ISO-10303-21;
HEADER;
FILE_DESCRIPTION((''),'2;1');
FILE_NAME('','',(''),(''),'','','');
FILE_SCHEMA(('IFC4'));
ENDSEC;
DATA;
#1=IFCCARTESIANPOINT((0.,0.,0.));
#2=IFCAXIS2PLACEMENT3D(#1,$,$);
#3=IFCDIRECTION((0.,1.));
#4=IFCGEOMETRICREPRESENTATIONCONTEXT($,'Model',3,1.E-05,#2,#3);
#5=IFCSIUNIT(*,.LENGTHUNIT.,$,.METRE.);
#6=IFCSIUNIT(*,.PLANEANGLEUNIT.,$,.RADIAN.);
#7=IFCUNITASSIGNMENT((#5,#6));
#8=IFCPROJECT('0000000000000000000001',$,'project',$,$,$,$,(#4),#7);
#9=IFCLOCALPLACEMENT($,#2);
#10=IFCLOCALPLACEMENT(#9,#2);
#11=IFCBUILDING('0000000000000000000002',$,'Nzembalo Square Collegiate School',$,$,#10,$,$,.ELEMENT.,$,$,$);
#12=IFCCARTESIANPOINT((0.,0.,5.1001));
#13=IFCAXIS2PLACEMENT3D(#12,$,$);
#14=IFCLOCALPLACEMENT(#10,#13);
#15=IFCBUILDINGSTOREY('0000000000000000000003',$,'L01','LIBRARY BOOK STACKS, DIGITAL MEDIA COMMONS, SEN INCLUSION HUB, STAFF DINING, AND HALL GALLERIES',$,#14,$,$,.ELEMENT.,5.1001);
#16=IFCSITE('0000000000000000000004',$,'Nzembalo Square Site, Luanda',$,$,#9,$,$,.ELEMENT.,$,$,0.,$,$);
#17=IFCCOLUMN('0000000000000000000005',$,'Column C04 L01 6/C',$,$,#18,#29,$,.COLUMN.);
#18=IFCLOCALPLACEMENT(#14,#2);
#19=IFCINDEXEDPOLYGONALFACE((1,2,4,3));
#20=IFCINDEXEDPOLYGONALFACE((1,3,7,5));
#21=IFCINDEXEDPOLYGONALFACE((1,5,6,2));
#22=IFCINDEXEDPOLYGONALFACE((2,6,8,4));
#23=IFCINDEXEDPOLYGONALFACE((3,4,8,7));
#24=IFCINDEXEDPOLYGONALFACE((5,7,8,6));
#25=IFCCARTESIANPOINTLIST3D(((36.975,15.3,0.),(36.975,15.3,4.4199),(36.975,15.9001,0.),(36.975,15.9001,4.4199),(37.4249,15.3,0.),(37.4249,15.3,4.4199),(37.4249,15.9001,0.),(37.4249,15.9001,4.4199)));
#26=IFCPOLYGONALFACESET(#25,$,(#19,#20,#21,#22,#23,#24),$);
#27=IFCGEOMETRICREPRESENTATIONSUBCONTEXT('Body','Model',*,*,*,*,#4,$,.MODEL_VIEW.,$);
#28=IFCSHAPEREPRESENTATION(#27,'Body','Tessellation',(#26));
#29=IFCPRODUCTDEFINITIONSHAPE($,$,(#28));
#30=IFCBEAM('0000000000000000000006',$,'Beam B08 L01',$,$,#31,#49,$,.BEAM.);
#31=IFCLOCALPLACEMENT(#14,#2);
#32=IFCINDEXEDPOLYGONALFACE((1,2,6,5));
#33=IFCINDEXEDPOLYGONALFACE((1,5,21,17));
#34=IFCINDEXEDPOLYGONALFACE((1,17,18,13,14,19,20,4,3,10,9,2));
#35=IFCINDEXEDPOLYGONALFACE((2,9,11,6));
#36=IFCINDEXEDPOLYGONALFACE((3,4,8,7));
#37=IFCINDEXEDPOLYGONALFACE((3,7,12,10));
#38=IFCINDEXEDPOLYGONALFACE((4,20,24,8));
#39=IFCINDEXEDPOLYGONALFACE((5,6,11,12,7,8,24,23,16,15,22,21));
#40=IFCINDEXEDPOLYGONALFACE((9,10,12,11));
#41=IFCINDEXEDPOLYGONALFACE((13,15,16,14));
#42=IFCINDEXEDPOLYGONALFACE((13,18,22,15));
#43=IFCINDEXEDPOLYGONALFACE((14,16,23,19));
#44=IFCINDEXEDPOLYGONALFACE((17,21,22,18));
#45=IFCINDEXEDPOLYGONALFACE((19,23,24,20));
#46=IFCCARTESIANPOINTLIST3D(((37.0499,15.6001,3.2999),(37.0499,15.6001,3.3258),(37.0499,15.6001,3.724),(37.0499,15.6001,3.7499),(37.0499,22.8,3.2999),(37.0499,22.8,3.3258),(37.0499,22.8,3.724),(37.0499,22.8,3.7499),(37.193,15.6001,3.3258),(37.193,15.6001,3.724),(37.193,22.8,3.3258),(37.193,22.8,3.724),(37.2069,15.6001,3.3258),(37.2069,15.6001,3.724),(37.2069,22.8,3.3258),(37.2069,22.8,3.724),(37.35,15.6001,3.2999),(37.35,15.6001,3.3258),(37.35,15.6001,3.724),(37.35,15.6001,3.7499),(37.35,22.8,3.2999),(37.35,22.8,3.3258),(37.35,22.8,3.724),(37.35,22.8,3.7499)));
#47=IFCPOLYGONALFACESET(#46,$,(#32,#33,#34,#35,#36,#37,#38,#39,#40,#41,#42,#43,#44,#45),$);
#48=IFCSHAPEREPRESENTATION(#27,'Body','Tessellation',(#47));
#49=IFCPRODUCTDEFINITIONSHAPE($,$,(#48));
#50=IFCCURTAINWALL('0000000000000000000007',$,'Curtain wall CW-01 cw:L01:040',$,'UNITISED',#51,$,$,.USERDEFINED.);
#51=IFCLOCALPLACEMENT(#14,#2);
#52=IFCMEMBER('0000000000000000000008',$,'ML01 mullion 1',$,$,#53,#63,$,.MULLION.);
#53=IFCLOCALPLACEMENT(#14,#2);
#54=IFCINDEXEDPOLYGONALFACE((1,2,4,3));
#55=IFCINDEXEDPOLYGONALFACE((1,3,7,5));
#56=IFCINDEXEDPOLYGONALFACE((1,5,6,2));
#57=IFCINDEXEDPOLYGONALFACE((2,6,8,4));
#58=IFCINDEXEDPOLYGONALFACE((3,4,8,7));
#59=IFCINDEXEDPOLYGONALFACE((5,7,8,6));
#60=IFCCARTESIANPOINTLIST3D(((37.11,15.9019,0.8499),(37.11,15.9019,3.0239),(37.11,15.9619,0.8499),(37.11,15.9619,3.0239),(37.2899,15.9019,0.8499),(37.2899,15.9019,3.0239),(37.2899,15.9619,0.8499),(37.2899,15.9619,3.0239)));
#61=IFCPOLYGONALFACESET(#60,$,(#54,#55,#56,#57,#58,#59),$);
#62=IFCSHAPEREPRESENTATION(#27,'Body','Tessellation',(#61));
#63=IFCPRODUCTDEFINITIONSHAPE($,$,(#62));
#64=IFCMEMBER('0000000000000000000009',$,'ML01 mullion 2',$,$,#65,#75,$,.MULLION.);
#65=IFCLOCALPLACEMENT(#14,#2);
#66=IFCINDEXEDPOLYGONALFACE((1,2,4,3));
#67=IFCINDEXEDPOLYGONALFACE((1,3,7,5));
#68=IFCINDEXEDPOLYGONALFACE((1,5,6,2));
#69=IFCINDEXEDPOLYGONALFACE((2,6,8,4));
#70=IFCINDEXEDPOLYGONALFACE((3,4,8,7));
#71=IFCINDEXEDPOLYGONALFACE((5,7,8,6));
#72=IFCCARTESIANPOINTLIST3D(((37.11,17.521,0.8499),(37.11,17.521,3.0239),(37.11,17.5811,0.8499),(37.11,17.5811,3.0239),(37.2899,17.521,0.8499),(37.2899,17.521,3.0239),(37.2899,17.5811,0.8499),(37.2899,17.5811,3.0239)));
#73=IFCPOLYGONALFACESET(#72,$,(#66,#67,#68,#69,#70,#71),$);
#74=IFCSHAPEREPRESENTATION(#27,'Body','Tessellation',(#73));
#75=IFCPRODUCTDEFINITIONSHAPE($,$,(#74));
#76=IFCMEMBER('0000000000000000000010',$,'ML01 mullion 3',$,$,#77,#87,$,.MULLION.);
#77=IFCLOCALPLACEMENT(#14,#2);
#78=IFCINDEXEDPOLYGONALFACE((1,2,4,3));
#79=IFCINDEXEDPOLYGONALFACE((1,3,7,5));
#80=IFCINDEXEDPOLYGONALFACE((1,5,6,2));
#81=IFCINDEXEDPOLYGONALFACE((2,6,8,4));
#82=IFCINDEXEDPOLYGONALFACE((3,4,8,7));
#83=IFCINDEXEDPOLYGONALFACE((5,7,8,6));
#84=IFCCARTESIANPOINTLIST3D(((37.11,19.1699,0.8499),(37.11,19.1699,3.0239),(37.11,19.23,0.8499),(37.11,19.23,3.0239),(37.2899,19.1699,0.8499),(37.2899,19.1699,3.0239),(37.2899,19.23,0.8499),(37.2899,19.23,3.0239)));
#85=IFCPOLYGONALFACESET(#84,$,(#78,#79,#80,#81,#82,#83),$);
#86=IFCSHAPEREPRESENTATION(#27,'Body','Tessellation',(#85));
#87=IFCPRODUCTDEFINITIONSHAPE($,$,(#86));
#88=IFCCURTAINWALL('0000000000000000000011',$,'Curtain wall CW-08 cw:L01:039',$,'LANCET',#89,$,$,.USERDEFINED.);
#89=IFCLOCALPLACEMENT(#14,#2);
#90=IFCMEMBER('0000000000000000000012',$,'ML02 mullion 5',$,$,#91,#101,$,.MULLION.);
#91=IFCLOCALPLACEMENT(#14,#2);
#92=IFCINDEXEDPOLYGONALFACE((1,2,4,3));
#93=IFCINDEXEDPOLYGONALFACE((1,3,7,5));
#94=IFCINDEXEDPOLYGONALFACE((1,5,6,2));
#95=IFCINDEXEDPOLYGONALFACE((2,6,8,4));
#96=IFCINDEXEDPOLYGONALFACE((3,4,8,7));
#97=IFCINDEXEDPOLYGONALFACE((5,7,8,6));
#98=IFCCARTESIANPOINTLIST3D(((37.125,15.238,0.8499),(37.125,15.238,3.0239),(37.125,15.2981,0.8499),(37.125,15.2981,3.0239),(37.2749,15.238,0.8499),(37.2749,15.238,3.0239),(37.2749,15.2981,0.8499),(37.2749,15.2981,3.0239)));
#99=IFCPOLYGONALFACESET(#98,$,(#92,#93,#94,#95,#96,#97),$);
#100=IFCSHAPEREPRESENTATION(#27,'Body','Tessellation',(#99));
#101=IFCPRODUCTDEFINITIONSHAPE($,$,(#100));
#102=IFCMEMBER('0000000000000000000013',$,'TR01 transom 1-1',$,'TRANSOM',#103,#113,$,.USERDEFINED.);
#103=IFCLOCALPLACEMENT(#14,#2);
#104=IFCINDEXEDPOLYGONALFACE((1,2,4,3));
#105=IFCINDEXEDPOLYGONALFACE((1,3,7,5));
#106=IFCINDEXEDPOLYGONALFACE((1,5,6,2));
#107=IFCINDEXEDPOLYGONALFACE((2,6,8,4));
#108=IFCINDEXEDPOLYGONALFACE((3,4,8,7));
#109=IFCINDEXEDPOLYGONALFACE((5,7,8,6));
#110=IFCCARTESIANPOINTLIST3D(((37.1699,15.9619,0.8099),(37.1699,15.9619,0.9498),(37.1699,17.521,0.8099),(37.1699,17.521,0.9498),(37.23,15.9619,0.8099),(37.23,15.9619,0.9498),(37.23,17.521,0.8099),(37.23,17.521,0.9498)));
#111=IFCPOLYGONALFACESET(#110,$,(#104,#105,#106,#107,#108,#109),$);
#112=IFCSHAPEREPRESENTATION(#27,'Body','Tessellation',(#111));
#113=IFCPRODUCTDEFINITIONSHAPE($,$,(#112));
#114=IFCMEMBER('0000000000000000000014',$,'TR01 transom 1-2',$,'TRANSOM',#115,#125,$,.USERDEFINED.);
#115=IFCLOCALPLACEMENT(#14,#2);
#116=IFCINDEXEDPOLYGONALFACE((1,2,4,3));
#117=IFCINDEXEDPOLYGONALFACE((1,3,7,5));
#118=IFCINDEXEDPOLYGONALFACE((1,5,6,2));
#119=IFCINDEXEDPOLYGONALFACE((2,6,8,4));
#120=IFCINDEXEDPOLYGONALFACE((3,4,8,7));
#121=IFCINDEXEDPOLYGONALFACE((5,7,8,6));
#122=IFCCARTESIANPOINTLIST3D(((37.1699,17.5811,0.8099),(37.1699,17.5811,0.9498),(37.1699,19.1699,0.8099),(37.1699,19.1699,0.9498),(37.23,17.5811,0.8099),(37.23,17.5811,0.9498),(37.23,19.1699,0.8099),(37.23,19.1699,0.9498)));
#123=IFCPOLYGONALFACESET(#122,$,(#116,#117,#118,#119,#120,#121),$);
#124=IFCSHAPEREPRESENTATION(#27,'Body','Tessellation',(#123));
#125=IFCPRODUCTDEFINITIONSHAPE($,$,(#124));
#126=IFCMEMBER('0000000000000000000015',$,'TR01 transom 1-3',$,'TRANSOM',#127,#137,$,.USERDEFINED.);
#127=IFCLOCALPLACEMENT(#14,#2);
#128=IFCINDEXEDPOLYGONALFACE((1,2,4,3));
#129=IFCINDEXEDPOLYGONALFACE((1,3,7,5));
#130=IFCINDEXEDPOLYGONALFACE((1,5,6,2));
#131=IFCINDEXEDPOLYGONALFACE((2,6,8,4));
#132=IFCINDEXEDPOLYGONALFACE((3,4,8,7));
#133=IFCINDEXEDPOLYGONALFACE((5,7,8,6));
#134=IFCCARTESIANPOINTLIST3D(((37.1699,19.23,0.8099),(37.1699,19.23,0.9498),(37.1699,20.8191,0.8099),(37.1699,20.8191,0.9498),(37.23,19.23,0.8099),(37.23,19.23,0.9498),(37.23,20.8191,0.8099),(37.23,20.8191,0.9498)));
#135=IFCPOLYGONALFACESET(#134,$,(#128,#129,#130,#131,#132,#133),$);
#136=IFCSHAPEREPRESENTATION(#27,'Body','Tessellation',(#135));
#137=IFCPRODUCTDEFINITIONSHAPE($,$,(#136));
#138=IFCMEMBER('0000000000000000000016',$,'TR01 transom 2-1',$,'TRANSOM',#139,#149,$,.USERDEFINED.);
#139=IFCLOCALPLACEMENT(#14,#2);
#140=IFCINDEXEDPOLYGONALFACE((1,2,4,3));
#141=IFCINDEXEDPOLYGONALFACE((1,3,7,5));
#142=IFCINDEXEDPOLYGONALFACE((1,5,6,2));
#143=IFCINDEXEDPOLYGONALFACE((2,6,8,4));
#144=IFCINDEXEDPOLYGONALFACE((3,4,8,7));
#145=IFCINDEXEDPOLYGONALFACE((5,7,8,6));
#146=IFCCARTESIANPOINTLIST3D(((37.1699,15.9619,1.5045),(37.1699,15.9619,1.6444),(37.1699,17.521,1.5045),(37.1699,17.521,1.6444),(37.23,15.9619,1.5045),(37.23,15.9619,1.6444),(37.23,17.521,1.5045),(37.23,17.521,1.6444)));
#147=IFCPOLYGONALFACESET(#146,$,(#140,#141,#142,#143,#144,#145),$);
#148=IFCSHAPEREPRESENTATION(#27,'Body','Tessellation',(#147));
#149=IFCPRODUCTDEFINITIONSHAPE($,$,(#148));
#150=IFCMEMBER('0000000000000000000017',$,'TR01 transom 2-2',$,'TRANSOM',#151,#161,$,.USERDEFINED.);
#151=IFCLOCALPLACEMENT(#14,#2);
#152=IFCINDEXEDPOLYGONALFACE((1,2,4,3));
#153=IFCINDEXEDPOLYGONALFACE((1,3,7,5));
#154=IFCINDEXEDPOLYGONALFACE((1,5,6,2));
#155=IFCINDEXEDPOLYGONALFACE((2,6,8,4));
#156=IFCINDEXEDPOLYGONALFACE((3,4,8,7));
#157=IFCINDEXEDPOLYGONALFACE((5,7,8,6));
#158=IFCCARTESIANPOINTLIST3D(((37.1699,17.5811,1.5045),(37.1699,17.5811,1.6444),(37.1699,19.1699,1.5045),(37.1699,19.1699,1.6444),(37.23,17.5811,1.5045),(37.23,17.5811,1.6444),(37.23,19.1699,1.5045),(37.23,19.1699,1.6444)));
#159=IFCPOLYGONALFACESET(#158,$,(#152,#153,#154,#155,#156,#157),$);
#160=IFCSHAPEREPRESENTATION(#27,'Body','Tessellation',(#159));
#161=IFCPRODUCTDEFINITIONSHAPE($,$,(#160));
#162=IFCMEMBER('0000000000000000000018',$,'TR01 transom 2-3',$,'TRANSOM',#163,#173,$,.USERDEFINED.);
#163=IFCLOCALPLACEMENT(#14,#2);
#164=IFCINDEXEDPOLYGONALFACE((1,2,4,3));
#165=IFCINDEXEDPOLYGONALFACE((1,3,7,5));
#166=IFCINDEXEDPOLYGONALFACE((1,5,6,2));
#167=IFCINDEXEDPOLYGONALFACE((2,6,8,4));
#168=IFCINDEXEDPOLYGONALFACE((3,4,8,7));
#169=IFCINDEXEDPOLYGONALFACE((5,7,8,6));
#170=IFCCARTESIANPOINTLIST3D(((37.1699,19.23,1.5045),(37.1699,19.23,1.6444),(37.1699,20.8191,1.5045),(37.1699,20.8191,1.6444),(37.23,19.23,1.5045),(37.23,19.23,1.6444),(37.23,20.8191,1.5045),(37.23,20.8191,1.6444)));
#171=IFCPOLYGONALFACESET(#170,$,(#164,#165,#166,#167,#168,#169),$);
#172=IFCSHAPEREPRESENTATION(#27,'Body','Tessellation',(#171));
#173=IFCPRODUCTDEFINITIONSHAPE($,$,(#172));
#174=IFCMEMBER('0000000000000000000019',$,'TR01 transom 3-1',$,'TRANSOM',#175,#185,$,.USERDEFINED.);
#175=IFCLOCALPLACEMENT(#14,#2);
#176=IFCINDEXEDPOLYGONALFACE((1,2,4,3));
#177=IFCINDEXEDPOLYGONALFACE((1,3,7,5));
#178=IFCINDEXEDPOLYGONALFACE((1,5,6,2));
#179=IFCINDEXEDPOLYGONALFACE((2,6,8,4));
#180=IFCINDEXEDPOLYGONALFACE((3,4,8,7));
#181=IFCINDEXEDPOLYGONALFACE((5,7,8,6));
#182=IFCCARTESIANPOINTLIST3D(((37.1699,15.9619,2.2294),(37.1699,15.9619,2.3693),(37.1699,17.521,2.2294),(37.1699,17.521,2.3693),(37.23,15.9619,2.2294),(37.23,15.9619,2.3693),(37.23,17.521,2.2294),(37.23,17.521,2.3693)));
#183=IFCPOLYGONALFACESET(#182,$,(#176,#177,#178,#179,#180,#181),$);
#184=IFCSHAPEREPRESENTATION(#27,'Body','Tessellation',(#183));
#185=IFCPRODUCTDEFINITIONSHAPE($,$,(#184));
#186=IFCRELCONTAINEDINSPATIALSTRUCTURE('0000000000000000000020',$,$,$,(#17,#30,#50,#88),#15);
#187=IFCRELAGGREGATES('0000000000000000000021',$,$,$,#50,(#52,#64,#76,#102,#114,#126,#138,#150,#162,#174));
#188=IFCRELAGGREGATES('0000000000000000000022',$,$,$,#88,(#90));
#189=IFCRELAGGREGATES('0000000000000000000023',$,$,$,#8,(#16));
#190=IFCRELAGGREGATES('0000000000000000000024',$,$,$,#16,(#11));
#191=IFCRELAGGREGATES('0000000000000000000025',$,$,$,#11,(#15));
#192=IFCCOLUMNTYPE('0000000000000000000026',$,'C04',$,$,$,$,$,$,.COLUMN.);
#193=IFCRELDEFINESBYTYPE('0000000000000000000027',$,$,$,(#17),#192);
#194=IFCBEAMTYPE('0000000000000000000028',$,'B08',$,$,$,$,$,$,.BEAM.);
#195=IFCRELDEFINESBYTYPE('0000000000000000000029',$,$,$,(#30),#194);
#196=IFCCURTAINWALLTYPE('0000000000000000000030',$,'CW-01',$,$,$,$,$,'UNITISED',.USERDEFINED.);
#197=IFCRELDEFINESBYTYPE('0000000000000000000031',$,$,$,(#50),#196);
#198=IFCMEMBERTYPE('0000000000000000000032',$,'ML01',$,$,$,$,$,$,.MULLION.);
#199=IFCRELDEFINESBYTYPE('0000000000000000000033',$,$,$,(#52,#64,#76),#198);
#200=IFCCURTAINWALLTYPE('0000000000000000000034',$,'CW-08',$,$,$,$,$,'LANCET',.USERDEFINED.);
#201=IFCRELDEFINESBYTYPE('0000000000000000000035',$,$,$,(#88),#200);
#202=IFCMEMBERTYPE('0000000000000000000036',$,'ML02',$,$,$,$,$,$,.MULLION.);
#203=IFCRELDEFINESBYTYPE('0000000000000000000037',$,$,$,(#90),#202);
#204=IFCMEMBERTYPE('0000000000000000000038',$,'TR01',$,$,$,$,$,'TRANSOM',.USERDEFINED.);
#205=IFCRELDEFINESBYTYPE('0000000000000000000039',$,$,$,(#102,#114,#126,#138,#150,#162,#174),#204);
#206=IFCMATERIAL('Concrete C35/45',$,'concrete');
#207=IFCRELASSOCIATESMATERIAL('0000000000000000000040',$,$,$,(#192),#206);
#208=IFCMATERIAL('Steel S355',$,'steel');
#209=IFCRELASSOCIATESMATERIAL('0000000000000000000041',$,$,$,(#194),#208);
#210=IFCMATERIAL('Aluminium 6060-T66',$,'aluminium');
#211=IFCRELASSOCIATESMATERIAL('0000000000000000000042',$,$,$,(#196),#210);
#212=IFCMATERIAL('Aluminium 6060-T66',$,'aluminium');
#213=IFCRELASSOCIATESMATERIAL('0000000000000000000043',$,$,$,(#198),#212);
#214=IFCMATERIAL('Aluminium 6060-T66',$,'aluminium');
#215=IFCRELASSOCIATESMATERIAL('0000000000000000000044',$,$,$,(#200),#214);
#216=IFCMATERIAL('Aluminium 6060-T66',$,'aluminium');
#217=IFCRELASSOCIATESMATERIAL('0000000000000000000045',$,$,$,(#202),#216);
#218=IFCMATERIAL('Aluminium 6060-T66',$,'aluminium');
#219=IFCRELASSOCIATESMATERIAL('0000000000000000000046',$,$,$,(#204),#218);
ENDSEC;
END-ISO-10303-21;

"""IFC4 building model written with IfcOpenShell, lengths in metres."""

from ifc_helpers import new_model, si_unit, direction, frame, origin, origin_2d, place, context, subcontext, project, spatial, rectangle, i_section, extrude, material, material_profile, profile_set, type_object, element, aggregate, save


model = new_model("IFC4")

# Units and contexts
model_context = context("Model", 3, precision=1e-05, world=origin(), true_north=direction((0.0, 1.0)))
body_context = subcontext(model_context, "Body", "Model", "MODEL_VIEW")
ifc_project = project(units=[si_unit("LENGTHUNIT", "METRE"), si_unit("PLANEANGLEUNIT", "RADIAN")], contexts=[model_context])

# Site, building, storey
site_placement = place(None, origin())
site = spatial("IfcSite", under=ifc_project, at=site_placement, Name="Nzembalo Square Site, Luanda", CompositionType="ELEMENT", RefElevation=0.0)
building_placement = place(site_placement, origin())
building = spatial("IfcBuilding", under=site, at=building_placement, Name="Nzembalo Square Collegiate School", CompositionType="ELEMENT")
storey_placement = place(building_placement, frame((0.0, 0.0, 5.1001)))
storey = spatial("IfcBuildingStorey", under=building, at=storey_placement, Name="L01", Description="LIBRARY BOOK STACKS, DIGITAL MEDIA COMMONS, SEN INCLUSION HUB, STAFF DINING, AND HALL GALLERIES", CompositionType="ELEMENT", Elevation=5.1001)

# Column
ifc_material_1 = material(Name="Concrete C35/45", Category="concrete")
ifc_material_profile_1 = material_profile(ifc_material_1, rectangle(XDim=0.45, YDim=0.6001, at=origin_2d()), Name="RC 450x600")
ifc_profile_set_1 = profile_set([ifc_material_profile_1], Name="Concrete C35/45")
column_type = type_object("IfcColumnType", Name="C04", PredefinedType="COLUMN", material=ifc_profile_set_1)
column_placement = place(storey_placement, frame((37.2, 15.6001, 0.0), z_axis=(0.0, 0.0, 1.0), x_axis=(1.0, 0.0, 0.0)))
element("IfcColumn", 1, at=column_placement, inside=storey, type_object=column_type, Name="Column C04 L01 6/C", PredefinedType="COLUMN", context=body_context, shape_type="SweptSolid", body=[
    extrude(rectangle(XDim=0.45, YDim=0.6001, at=origin_2d()), origin(), (0.0, 0.0, 1.0), 4.4199),
])

# Beam
ifc_material_2 = material(Name="Steel S355", Category="steel")
ifc_material_profile_2 = material_profile(ifc_material_2, i_section(OverallWidth=0.3, OverallDepth=0.45, WebThickness=0.0139, FlangeThickness=0.0259, at=origin_2d()), Name="HEB 450")
ifc_profile_set_2 = profile_set([ifc_material_profile_2], Name="Steel S355")
beam_type = type_object("IfcBeamType", Name="B08", PredefinedType="BEAM", material=ifc_profile_set_2)
beam_placement = place(storey_placement, frame((37.2, 15.6001, 3.5249), z_axis=(0.0, 1.0, 0.0), x_axis=(-1.0, 0.0, 0.0)))
element("IfcBeam", 2, at=beam_placement, inside=storey, type_object=beam_type, Name="Beam B08 L01", PredefinedType="BEAM", context=body_context, shape_type="SweptSolid", body=[
    extrude(i_section(OverallWidth=0.3, OverallDepth=0.45, WebThickness=0.0139, FlangeThickness=0.0259, at=origin_2d()), origin(), (0.0, 0.0, 1.0), 7.2),
])

# Curtain wall, members
ifc_material_3 = material(Name="Aluminium 6060-T66", Category="aluminium")
curtain_wall_type_1 = type_object("IfcCurtainWallType", Name="CW-01", ElementType="UNITISED", PredefinedType="USERDEFINED", material=ifc_material_3)
curtain_wall_1_placement = place(storey_placement, origin())
curtain_wall_1 = element("IfcCurtainWall", 3, at=curtain_wall_1_placement, inside=storey, type_object=curtain_wall_type_1, Name="Curtain wall CW-01 cw:L01:040", ObjectType="UNITISED", PredefinedType="USERDEFINED")
ifc_material_4 = material(Name="Aluminium 6060-T66", Category="aluminium")
ifc_material_profile_3 = material_profile(ifc_material_4, rectangle(XDim=0.0601, YDim=0.1799, at=origin_2d()), Name="ALU M60x180")
ifc_profile_set_3 = profile_set([ifc_material_profile_3], Name="Aluminium 6060-T66")
member_type_1 = type_object("IfcMemberType", Name="ML01", PredefinedType="MULLION", material=ifc_profile_set_3)
member_1_placement = place(storey_placement, frame((37.2, 15.9319, 0.8499), z_axis=(0.0, 0.0, 1.0), x_axis=(0.0, 1.0, 0.0)))
member_1 = element("IfcMember", 4, at=member_1_placement, type_object=member_type_1, Name="ML01 mullion 1", PredefinedType="MULLION", context=body_context, shape_type="SweptSolid", body=[
    extrude(rectangle(XDim=0.0601, YDim=0.1799, at=origin_2d()), origin(), (0.0, 0.0, 1.0), 2.1741),
])
member_2_placement = place(storey_placement, frame((37.2, 17.551, 0.8499), z_axis=(0.0, 0.0, 1.0), x_axis=(0.0, 1.0, 0.0)))
member_2 = element("IfcMember", 5, at=member_2_placement, type_object=member_type_1, Name="ML01 mullion 2", PredefinedType="MULLION", context=body_context, shape_type="SweptSolid", body=[
    extrude(rectangle(XDim=0.0601, YDim=0.1799, at=origin_2d()), origin(), (0.0, 0.0, 1.0), 2.1741),
])
member_3_placement = place(storey_placement, frame((37.2, 19.2, 0.8499), z_axis=(0.0, 0.0, 1.0), x_axis=(0.0, 1.0, 0.0)))
member_3 = element("IfcMember", 6, at=member_3_placement, type_object=member_type_1, Name="ML01 mullion 3", PredefinedType="MULLION", context=body_context, shape_type="SweptSolid", body=[
    extrude(rectangle(XDim=0.0601, YDim=0.1799, at=origin_2d()), origin(), (0.0, 0.0, 1.0), 2.1741),
])

# Curtain wall, member
ifc_material_5 = material(Name="Aluminium 6060-T66", Category="aluminium")
curtain_wall_type_2 = type_object("IfcCurtainWallType", Name="CW-08", ElementType="LANCET", PredefinedType="USERDEFINED", material=ifc_material_5)
curtain_wall_2_placement = place(storey_placement, origin())
curtain_wall_2 = element("IfcCurtainWall", 7, at=curtain_wall_2_placement, inside=storey, type_object=curtain_wall_type_2, Name="Curtain wall CW-08 cw:L01:039", ObjectType="LANCET", PredefinedType="USERDEFINED")
ifc_material_6 = material(Name="Aluminium 6060-T66", Category="aluminium")
ifc_material_profile_4 = material_profile(ifc_material_6, rectangle(XDim=0.0601, YDim=0.1499, at=origin_2d()), Name="ALU M60x150")
ifc_profile_set_4 = profile_set([ifc_material_profile_4], Name="Aluminium 6060-T66")
member_type_2 = type_object("IfcMemberType", Name="ML02", PredefinedType="MULLION", material=ifc_profile_set_4)
member_4_placement = place(storey_placement, frame((37.2, 15.2681, 0.8499), z_axis=(0.0, 0.0, 1.0), x_axis=(0.0, 1.0, 0.0)))
member_4 = element("IfcMember", 8, at=member_4_placement, type_object=member_type_2, Name="ML02 mullion 5", PredefinedType="MULLION", context=body_context, shape_type="SweptSolid", body=[
    extrude(rectangle(XDim=0.0601, YDim=0.1499, at=origin_2d()), origin(), (0.0, 0.0, 1.0), 2.1741),
])

# Members
ifc_material_7 = material(Name="Aluminium 6060-T66", Category="aluminium")
ifc_material_profile_5 = material_profile(ifc_material_7, rectangle(XDim=0.0601, YDim=0.1399, at=origin_2d()), Name="ALU T60x140")
ifc_profile_set_5 = profile_set([ifc_material_profile_5], Name="Aluminium 6060-T66")
member_type_3 = type_object("IfcMemberType", Name="TR01", ElementType="TRANSOM", PredefinedType="USERDEFINED", material=ifc_profile_set_5)
member_5_placement = place(storey_placement, frame((37.2, 15.9619, 0.8799), z_axis=(0.0, 1.0, 0.0), x_axis=(-1.0, 0.0, 0.0)))
member_5 = element("IfcMember", 9, at=member_5_placement, type_object=member_type_3, Name="TR01 transom 1-1", ObjectType="TRANSOM", PredefinedType="USERDEFINED", context=body_context, shape_type="SweptSolid", body=[
    extrude(rectangle(XDim=0.0601, YDim=0.1399, at=origin_2d()), origin(), (0.0, 0.0, 1.0), 1.5591),
])
member_6_placement = place(storey_placement, frame((37.2, 17.5811, 0.8799), z_axis=(0.0, 1.0, 0.0), x_axis=(-1.0, 0.0, 0.0)))
member_6 = element("IfcMember", 10, at=member_6_placement, type_object=member_type_3, Name="TR01 transom 1-2", ObjectType="TRANSOM", PredefinedType="USERDEFINED", context=body_context, shape_type="SweptSolid", body=[
    extrude(rectangle(XDim=0.0601, YDim=0.1399, at=origin_2d()), origin(), (0.0, 0.0, 1.0), 1.5889),
])
member_7_placement = place(storey_placement, frame((37.2, 19.23, 0.8799), z_axis=(0.0, 1.0, 0.0), x_axis=(-1.0, 0.0, 0.0)))
member_7 = element("IfcMember", 11, at=member_7_placement, type_object=member_type_3, Name="TR01 transom 1-3", ObjectType="TRANSOM", PredefinedType="USERDEFINED", context=body_context, shape_type="SweptSolid", body=[
    extrude(rectangle(XDim=0.0601, YDim=0.1399, at=origin_2d()), origin(), (0.0, 0.0, 1.0), 1.5891),
])
member_8_placement = place(storey_placement, frame((37.2, 15.9619, 1.5745), z_axis=(0.0, 1.0, 0.0), x_axis=(-1.0, 0.0, 0.0)))
member_8 = element("IfcMember", 12, at=member_8_placement, type_object=member_type_3, Name="TR01 transom 2-1", ObjectType="TRANSOM", PredefinedType="USERDEFINED", context=body_context, shape_type="SweptSolid", body=[
    extrude(rectangle(XDim=0.0601, YDim=0.1399, at=origin_2d()), origin(), (0.0, 0.0, 1.0), 1.5591),
])
member_9_placement = place(storey_placement, frame((37.2, 17.5811, 1.5745), z_axis=(0.0, 1.0, 0.0), x_axis=(-1.0, 0.0, 0.0)))
member_9 = element("IfcMember", 13, at=member_9_placement, type_object=member_type_3, Name="TR01 transom 2-2", ObjectType="TRANSOM", PredefinedType="USERDEFINED", context=body_context, shape_type="SweptSolid", body=[
    extrude(rectangle(XDim=0.0601, YDim=0.1399, at=origin_2d()), origin(), (0.0, 0.0, 1.0), 1.5889),
])
member_10_placement = place(storey_placement, frame((37.2, 19.23, 1.5745), z_axis=(0.0, 1.0, 0.0), x_axis=(-1.0, 0.0, 0.0)))
member_10 = element("IfcMember", 14, at=member_10_placement, type_object=member_type_3, Name="TR01 transom 2-3", ObjectType="TRANSOM", PredefinedType="USERDEFINED", context=body_context, shape_type="SweptSolid", body=[
    extrude(rectangle(XDim=0.0601, YDim=0.1399, at=origin_2d()), origin(), (0.0, 0.0, 1.0), 1.5891),
])
member_11_placement = place(storey_placement, frame((37.2, 15.9619, 2.2993), z_axis=(0.0, 1.0, 0.0), x_axis=(-1.0, 0.0, 0.0)))
member_11 = element("IfcMember", 15, at=member_11_placement, type_object=member_type_3, Name="TR01 transom 3-1", ObjectType="TRANSOM", PredefinedType="USERDEFINED", context=body_context, shape_type="SweptSolid", body=[
    extrude(rectangle(XDim=0.0601, YDim=0.1399, at=origin_2d()), origin(), (0.0, 0.0, 1.0), 1.5591),
])

aggregate(curtain_wall_1, [member_1, member_2, member_3, member_5, member_6, member_7, member_8, member_9, member_10, member_11])
aggregate(curtain_wall_2, [member_4])

save(model, "model.ifc")
